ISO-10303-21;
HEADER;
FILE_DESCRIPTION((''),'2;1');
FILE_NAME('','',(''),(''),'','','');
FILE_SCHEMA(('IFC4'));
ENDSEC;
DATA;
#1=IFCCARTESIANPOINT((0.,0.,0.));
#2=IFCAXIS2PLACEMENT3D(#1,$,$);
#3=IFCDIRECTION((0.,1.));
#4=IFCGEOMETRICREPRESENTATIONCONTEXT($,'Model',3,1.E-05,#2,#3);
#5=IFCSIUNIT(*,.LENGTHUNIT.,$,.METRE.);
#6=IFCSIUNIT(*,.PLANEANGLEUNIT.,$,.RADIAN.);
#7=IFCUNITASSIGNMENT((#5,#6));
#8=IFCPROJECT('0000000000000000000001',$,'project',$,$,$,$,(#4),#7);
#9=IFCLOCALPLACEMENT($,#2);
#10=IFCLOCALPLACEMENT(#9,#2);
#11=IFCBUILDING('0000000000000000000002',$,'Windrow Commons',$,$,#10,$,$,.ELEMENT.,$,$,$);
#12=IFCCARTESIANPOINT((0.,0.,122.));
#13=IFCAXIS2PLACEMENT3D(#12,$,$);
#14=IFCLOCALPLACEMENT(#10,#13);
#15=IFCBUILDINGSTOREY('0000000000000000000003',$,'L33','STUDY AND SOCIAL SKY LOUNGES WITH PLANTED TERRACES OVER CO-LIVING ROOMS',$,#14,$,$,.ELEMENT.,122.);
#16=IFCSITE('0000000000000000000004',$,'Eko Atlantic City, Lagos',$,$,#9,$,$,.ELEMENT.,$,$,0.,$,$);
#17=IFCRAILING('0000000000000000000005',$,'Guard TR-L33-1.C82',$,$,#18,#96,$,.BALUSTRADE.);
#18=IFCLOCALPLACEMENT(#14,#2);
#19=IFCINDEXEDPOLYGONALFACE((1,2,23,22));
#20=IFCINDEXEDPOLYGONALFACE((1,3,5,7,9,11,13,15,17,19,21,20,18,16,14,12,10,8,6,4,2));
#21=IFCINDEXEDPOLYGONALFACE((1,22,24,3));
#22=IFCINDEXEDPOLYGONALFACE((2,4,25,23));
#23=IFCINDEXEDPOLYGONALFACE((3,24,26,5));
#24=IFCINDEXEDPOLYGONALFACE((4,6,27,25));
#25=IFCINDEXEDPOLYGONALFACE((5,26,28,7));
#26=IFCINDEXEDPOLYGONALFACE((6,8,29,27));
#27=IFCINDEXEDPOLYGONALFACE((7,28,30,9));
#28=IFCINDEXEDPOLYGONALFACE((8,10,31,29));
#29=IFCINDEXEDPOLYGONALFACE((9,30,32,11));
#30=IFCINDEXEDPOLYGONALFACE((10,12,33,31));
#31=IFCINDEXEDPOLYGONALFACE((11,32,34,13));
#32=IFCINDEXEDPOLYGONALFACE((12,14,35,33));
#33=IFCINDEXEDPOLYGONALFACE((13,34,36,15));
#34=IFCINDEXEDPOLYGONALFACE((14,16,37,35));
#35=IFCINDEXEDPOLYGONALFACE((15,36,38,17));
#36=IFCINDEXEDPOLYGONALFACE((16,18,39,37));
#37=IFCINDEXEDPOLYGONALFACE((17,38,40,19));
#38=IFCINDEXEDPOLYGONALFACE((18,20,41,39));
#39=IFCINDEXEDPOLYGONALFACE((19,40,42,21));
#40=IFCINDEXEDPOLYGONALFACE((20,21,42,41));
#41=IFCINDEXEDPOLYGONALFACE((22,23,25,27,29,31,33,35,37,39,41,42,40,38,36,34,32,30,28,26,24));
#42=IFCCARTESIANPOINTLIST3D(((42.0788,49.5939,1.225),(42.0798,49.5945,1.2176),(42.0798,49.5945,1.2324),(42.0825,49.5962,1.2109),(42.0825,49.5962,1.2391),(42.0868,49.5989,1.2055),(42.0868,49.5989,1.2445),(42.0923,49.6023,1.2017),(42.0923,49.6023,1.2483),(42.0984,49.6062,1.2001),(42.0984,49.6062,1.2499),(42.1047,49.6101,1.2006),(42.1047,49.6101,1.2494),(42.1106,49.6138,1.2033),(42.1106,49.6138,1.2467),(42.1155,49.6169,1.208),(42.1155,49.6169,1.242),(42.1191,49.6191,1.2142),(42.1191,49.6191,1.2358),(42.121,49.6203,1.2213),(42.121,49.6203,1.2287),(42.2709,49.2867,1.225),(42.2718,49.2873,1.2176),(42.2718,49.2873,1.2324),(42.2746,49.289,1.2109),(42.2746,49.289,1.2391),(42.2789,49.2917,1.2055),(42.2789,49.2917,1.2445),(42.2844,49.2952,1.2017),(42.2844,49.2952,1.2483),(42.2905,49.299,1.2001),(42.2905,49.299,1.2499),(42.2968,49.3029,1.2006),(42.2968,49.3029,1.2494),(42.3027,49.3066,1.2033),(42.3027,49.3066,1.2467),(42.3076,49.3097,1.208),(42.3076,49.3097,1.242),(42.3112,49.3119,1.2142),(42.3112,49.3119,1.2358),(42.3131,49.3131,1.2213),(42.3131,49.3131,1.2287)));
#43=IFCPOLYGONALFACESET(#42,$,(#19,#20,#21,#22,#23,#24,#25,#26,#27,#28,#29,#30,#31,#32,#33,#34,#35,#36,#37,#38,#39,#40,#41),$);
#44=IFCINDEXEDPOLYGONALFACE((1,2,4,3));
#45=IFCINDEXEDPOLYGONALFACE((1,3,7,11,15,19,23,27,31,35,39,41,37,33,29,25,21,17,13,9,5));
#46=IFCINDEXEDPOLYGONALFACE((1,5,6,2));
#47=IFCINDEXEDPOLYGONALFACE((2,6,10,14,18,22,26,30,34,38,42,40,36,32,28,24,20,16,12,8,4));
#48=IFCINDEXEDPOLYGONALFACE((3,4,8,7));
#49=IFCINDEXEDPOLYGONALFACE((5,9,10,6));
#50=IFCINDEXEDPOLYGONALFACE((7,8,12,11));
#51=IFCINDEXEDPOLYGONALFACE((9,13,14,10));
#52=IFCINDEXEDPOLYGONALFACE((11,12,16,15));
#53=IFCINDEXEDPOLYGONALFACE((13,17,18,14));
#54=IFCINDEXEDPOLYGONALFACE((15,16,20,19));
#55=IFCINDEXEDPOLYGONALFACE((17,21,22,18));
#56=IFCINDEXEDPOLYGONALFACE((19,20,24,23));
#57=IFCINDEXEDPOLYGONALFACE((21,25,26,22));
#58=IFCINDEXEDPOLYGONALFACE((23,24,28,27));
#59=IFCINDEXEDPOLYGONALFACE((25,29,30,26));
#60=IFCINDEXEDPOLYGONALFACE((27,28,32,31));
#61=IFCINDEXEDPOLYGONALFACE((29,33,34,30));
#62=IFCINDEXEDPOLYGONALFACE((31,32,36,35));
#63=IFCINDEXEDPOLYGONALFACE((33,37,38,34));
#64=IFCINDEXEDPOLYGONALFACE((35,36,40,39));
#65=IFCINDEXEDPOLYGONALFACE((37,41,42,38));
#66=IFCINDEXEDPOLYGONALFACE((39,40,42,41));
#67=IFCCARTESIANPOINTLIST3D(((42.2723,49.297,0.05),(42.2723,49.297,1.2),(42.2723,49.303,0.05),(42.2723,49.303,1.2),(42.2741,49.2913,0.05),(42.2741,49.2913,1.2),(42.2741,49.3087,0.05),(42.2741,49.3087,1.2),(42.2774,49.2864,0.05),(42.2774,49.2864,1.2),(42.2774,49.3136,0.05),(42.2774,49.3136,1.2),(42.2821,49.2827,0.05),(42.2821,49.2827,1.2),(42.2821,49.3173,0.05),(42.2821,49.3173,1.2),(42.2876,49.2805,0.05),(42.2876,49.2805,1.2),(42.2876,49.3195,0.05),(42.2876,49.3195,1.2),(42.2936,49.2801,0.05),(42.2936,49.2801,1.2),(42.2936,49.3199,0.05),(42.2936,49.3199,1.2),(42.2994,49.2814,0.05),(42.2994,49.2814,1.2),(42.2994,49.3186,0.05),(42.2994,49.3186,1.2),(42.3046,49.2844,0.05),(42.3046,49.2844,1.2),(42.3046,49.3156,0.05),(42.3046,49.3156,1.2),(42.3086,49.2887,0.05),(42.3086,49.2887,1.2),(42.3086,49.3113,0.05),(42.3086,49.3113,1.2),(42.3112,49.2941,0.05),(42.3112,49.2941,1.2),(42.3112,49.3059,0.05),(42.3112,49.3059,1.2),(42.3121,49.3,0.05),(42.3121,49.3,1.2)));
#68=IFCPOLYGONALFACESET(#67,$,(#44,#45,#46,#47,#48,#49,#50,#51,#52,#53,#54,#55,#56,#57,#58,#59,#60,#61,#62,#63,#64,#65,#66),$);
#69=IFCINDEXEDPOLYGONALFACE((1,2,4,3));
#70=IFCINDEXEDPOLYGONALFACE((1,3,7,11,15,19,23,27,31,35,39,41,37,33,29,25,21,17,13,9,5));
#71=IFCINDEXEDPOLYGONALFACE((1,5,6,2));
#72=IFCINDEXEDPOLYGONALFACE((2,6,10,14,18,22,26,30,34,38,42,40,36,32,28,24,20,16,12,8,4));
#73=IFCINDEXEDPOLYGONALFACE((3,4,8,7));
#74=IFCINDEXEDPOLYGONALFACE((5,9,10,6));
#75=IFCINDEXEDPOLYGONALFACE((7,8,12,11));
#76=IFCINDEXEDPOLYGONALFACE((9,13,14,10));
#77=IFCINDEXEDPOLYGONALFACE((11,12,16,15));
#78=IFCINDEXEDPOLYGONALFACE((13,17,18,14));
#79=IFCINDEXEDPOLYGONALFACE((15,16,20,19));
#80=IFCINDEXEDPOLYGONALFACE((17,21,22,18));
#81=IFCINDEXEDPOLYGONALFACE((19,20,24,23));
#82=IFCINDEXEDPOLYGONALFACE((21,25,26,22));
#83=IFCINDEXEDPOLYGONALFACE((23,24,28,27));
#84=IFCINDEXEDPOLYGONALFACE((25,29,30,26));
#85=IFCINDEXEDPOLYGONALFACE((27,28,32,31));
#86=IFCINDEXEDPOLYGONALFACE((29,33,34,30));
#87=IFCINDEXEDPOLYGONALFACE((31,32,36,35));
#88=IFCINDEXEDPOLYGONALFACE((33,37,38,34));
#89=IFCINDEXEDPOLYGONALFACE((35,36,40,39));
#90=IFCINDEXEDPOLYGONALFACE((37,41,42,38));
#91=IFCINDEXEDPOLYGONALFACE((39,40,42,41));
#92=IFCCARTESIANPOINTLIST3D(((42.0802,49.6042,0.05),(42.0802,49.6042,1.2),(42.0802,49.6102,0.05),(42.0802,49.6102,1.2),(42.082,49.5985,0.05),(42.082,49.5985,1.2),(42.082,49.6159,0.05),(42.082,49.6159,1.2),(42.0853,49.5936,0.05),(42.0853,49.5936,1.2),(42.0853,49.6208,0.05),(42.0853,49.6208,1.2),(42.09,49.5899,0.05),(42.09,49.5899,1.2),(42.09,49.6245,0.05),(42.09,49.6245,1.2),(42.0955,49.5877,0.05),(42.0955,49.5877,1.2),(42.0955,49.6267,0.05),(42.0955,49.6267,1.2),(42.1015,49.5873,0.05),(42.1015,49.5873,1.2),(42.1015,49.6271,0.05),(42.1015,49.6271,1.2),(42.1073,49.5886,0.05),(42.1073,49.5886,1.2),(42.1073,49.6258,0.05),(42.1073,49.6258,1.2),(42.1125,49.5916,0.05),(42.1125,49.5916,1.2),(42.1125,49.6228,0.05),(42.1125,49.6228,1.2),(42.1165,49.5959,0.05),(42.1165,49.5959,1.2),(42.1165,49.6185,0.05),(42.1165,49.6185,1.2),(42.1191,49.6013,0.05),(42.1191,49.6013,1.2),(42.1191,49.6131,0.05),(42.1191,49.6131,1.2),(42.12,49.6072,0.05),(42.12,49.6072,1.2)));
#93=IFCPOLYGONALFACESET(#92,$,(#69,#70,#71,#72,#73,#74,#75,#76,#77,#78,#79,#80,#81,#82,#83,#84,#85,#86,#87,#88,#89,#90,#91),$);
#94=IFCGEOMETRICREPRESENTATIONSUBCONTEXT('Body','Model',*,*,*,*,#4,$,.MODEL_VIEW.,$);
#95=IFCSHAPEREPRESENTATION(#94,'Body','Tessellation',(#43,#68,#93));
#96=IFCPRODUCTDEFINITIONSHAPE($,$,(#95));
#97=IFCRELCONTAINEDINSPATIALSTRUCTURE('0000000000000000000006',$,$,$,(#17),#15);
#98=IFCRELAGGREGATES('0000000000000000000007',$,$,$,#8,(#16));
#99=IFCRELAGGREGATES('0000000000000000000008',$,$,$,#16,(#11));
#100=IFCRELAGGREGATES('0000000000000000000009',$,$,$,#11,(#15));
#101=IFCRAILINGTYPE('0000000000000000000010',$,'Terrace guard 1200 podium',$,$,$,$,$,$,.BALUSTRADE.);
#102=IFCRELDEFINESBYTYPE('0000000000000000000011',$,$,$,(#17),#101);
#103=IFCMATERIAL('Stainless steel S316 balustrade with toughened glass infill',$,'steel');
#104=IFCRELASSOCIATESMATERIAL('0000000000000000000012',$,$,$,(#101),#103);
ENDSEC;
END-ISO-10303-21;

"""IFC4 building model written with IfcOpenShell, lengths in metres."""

from ifc_helpers import new_model, si_unit, direction, frame, origin, origin_2d, place, context, subcontext, project, spatial, circle, extrude, material, type_object, element, save


model = new_model("IFC4")

# Units and contexts
model_context = context("Model", 3, precision=1e-05, world=origin(), true_north=direction((0.0, 1.0)))
body_context = subcontext(model_context, "Body", "Model", "MODEL_VIEW")
ifc_project = project(units=[si_unit("LENGTHUNIT", "METRE"), si_unit("PLANEANGLEUNIT", "RADIAN")], contexts=[model_context])

# Site, building, storey
site_placement = place(None, origin())
site = spatial("IfcSite", under=ifc_project, at=site_placement, Name="Eko Atlantic City, Lagos", CompositionType="ELEMENT", RefElevation=0.0)
building_placement = place(site_placement, origin())
building = spatial("IfcBuilding", under=site, at=building_placement, Name="Windrow Commons", CompositionType="ELEMENT")
storey_placement = place(building_placement, frame((0.0, 0.0, 122.0)))
storey = spatial("IfcBuildingStorey", under=building, at=storey_placement, Name="L33", Description="STUDY AND SOCIAL SKY LOUNGES WITH PLANTED TERRACES OVER CO-LIVING ROOMS", CompositionType="ELEMENT", Elevation=122.0)

# Railing
ifc_material_1 = material(Name="Stainless steel S316 balustrade with toughened glass infill", Category="steel")
railing_type = type_object("IfcRailingType", Name="Terrace guard 1200 podium", PredefinedType="BALUSTRADE", material=ifc_material_1)
railing_1_placement = place(storey_placement, frame((42.2921, 49.3, 0.05)))
element("IfcRailing", 1, at=railing_1_placement, inside=storey, type_object=railing_type, Name="Guard TR-L33-1.C82", PredefinedType="BALUSTRADE", context=body_context, shape_type="SweptSolid", body=[
    extrude(circle(Radius=0.025, at=origin_2d()), frame((0.0, 0.0, 1.175), z_axis=(-0.530197, 0.847874, 0.0), x_axis=(-0.847874, -0.530197, 0.0)), (0.0, 0.0, 1.0), 0.3623),
    extrude(circle(Radius=0.02, at=origin_2d()), origin(), (0.0, 0.0, 1.0), 1.15),
    extrude(circle(Radius=0.02, at=origin_2d()), frame((-0.1921, 0.3072, 0.0)), (0.0, 0.0, 1.0), 1.15),
])

save(model, "model.ifc")
